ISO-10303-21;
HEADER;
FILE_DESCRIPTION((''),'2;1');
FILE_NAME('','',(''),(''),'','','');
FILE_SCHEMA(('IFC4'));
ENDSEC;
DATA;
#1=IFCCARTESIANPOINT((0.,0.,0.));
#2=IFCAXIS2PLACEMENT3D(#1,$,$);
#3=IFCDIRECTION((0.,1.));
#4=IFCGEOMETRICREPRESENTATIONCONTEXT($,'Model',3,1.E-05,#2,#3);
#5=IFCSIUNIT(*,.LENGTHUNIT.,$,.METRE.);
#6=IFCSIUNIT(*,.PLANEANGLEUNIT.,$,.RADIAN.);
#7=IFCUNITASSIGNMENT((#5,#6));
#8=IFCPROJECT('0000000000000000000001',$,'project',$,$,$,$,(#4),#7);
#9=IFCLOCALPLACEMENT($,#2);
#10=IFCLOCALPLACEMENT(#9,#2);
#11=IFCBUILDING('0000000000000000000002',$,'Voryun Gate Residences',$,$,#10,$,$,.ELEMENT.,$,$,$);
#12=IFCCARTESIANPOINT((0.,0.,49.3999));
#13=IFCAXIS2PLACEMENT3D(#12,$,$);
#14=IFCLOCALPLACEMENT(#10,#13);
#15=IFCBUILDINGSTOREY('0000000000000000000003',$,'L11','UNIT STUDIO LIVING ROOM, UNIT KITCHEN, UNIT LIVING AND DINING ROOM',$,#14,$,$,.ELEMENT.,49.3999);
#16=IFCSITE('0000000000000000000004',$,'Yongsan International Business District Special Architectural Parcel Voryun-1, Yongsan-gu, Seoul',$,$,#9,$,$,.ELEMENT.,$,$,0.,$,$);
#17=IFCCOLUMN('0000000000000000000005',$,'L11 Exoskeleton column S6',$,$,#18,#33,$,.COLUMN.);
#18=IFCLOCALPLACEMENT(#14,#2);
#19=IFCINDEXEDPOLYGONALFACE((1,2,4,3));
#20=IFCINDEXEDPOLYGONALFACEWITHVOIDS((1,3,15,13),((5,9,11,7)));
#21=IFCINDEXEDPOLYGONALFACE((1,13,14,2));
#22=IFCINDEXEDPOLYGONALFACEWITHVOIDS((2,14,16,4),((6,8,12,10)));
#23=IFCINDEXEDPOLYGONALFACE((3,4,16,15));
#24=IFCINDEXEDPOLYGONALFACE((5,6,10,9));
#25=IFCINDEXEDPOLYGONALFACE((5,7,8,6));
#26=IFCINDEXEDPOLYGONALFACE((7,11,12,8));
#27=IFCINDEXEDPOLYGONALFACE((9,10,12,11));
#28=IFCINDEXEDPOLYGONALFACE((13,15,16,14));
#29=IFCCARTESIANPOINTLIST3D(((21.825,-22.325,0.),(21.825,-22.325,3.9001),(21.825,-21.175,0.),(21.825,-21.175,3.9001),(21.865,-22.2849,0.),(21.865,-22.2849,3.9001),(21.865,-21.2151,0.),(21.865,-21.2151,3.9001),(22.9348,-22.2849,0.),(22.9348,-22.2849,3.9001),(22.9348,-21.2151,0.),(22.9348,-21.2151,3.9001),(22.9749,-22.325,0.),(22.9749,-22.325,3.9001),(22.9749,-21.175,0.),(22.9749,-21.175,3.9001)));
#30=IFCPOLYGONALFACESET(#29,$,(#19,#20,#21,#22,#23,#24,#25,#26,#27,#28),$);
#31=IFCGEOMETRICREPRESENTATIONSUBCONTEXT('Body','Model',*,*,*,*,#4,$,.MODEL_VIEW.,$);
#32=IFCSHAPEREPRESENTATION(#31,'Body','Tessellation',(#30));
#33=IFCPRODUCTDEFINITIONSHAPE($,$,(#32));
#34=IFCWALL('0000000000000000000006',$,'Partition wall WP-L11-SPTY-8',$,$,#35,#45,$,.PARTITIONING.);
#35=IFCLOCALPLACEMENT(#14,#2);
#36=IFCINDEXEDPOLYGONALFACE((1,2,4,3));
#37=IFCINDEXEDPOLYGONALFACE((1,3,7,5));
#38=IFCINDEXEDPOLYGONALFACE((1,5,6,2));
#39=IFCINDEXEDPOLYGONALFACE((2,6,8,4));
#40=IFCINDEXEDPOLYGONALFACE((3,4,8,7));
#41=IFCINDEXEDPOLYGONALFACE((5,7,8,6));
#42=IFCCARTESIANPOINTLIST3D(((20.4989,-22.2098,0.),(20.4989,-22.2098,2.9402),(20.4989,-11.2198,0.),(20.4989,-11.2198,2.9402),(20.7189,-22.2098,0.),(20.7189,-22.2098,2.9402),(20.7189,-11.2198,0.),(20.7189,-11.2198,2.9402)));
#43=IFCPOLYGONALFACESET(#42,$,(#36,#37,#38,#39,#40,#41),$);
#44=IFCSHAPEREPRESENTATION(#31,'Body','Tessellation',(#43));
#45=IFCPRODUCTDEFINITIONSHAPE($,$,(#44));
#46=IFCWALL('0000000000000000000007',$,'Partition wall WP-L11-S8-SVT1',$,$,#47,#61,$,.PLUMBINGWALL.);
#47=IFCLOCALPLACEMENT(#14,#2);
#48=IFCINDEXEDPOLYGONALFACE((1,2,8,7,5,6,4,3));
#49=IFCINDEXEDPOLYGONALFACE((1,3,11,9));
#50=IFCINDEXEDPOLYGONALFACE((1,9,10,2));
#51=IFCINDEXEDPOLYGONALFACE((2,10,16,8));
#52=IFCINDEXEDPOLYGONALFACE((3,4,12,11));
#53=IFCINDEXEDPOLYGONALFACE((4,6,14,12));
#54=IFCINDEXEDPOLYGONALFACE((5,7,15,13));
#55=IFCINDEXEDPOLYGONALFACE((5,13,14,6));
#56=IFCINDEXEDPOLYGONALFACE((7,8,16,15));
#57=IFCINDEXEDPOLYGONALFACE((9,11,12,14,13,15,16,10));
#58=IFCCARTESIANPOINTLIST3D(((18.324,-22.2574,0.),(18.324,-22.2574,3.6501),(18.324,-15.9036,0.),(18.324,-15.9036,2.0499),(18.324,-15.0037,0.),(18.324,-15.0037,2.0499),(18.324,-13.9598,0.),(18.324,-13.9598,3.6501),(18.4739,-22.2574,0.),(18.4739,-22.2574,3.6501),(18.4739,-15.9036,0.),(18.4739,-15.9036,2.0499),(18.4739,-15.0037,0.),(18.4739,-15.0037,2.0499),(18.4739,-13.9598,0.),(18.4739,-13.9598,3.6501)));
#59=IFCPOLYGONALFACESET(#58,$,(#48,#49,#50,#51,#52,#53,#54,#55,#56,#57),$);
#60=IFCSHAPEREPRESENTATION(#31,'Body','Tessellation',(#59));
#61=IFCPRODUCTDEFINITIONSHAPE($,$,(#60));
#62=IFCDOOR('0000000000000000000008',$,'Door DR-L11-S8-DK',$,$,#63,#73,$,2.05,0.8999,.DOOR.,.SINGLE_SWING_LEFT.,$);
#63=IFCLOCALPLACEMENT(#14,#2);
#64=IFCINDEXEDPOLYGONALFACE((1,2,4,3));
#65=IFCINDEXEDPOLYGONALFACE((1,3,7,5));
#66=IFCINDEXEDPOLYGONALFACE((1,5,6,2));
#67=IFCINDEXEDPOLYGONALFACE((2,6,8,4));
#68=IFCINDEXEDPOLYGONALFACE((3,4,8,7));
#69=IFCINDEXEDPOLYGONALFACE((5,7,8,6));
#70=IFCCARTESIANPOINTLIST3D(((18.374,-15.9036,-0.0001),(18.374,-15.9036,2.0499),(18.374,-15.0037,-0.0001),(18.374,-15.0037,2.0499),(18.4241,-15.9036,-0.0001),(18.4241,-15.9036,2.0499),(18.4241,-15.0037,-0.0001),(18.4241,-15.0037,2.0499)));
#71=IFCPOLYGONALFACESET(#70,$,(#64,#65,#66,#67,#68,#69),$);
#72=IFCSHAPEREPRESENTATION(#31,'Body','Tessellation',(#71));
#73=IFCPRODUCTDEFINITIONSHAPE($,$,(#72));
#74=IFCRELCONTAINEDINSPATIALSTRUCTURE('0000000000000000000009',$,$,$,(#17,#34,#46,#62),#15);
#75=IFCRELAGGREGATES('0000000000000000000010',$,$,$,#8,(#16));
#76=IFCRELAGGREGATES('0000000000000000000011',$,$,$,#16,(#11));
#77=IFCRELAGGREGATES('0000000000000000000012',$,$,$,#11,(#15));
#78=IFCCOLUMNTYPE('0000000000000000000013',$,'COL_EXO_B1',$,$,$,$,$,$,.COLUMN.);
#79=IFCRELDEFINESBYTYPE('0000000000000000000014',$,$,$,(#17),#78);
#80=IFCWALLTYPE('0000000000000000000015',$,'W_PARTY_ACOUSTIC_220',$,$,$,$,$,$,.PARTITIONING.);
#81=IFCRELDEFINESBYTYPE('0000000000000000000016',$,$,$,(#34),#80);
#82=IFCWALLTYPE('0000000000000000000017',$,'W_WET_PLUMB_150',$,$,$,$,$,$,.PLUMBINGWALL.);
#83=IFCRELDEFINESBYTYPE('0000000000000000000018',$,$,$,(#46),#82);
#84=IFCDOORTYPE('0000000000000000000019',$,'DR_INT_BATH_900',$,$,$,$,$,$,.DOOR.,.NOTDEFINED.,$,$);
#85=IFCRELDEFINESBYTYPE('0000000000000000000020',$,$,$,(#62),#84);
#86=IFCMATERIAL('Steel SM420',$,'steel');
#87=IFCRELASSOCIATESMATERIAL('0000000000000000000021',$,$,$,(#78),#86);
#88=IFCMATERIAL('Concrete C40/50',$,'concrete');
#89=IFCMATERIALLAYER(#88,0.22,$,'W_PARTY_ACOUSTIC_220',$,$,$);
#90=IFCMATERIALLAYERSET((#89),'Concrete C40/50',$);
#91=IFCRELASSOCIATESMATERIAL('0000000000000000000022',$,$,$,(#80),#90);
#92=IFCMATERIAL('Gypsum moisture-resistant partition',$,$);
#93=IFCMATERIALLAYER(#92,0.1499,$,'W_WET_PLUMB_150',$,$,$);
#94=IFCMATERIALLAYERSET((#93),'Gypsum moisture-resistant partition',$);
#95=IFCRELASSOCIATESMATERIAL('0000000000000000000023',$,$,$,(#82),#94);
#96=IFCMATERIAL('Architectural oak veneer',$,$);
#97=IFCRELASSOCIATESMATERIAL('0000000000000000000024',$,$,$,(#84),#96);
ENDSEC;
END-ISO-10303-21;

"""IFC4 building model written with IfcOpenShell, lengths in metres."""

from ifc_helpers import new_model, si_unit, direction, frame, frame_2d, origin, origin_2d, place, context, subcontext, project, spatial, rectangle, hollow_rectangle, extrude, material, layer, layer_set, material_profile, profile_set, type_object, element, fill, save


model = new_model("IFC4")

# Units and contexts
model_context = context("Model", 3, precision=1e-05, world=origin(), true_north=direction((0.0, 1.0)))
body_context = subcontext(model_context, "Body", "Model", "MODEL_VIEW")
ifc_project = project(units=[si_unit("LENGTHUNIT", "METRE"), si_unit("PLANEANGLEUNIT", "RADIAN")], contexts=[model_context])

# Site, building, storey
site_placement = place(None, origin())
site = spatial("IfcSite", under=ifc_project, at=site_placement, Name="Yongsan International Business District Special Architectural Parcel Voryun-1, Yongsan-gu, Seoul", CompositionType="ELEMENT", RefElevation=0.0)
building_placement = place(site_placement, origin())
building = spatial("IfcBuilding", under=site, at=building_placement, Name="Voryun Gate Residences", CompositionType="ELEMENT")
storey_placement = place(building_placement, frame((0.0, 0.0, 49.3999)))
storey = spatial("IfcBuildingStorey", under=building, at=storey_placement, Name="L11", Description="UNIT STUDIO LIVING ROOM, UNIT KITCHEN, UNIT LIVING AND DINING ROOM", CompositionType="ELEMENT", Elevation=49.3999)

# Column
ifc_material_1 = material(Name="Steel SM420", Category="steel")
ifc_material_profile = material_profile(ifc_material_1, hollow_rectangle(XDim=1.1499, YDim=1.1499, WallThickness=0.04, at=origin_2d()), Name="BOX-1150x1150x40")
ifc_profile_set = profile_set([ifc_material_profile], Name="Steel SM420")
column_type = type_object("IfcColumnType", Name="COL_EXO_B1", PredefinedType="COLUMN", material=ifc_profile_set)
column_placement = place(storey_placement, frame((22.3999, -21.75, 0.0), z_axis=(0.0, 0.0, 1.0), x_axis=(1.0, 0.0, 0.0)))
element("IfcColumn", 1, at=column_placement, inside=storey, type_object=column_type, Name="L11 Exoskeleton column S6", PredefinedType="COLUMN", context=body_context, shape_type="SweptSolid", body=[
    extrude(hollow_rectangle(XDim=1.1499, YDim=1.1499, WallThickness=0.04, at=origin_2d()), origin(), (0.0, 0.0, 1.0), 3.9001),
])

# Wall
ifc_material_2 = material(Name="Concrete C40/50", Category="concrete")
ifc_layer_1 = layer(ifc_material_2, 0.22, Name="W_PARTY_ACOUSTIC_220")
ifc_layer_set_1 = layer_set([ifc_layer_1], Name="Concrete C40/50")
wall_type_1 = type_object("IfcWallType", Name="W_PARTY_ACOUSTIC_220", PredefinedType="PARTITIONING", material=ifc_layer_set_1)
wall_1_placement = place(storey_placement, frame((20.6089, -22.21, 0.0), z_axis=(0.0, 0.0, 1.0), x_axis=(0.0, 1.0, 0.0)))
element("IfcWall", 2, at=wall_1_placement, inside=storey, type_object=wall_type_1, Name="Partition wall WP-L11-SPTY-8", PredefinedType="PARTITIONING", context=body_context, shape_type="SweptSolid", body=[
    extrude(rectangle(XDim=10.99, YDim=0.22, at=frame_2d((5.4951, 0.0))), origin(), (0.0, 0.0, 1.0), 2.9402),
])

# Wall, opening, door
ifc_material_3 = material(Name="Gypsum moisture-resistant partition")
ifc_layer_2 = layer(ifc_material_3, 0.1499, Name="W_WET_PLUMB_150")
ifc_layer_set_2 = layer_set([ifc_layer_2], Name="Gypsum moisture-resistant partition")
wall_type_2 = type_object("IfcWallType", Name="W_WET_PLUMB_150", PredefinedType="PLUMBINGWALL", material=ifc_layer_set_2)
wall_2_placement = place(storey_placement, frame((18.3989, -22.2576, 0.0), z_axis=(0.0, 0.0, 1.0), x_axis=(0.0, 1.0, 0.0)))
wall_2 = element("IfcWall", 3, at=wall_2_placement, inside=storey, type_object=wall_type_2, Name="Partition wall WP-L11-S8-SVT1", PredefinedType="PLUMBINGWALL", context=body_context, shape_type="SweptSolid", body=[
    extrude(rectangle(XDim=8.2976, YDim=0.1499, at=frame_2d((4.1489, 0.0))), origin(), (0.0, 0.0, 1.0), 3.6501),
])
opening_1_placement = place(wall_2_placement, frame((6.354, 0.0, 0.0)))
opening_1 = element("IfcOpeningElement", 4, at=opening_1_placement, cuts=wall_2, PredefinedType="OPENING", context=body_context, shape_type="SweptSolid", body=[
    extrude(rectangle(XDim=0.8999, YDim=2.05, at=frame_2d((0.45, 1.0249))), frame((0.0, 0.085, 0.0), z_axis=(0.0, -1.0, 0.0), x_axis=(1.0, 0.0, 0.0)), (0.0, 0.0, 1.0), 0.1699),
])
ifc_material_4 = material(Name="Architectural oak veneer")
door_type = type_object("IfcDoorType", Name="DR_INT_BATH_900", OperationType="NOTDEFINED", PredefinedType="DOOR", material=ifc_material_4)
door_placement = place(opening_1_placement, origin())
door = element("IfcDoor", 5, at=door_placement, inside=storey, type_object=door_type, Name="Door DR-L11-S8-DK", OperationType="SINGLE_SWING_LEFT", OverallHeight=2.05, OverallWidth=0.8999, PredefinedType="DOOR", context=body_context, shape_type="SweptSolid", body=[
    extrude(rectangle(XDim=0.8999, YDim=2.05, at=frame_2d((0.45, 1.0249))), frame((0.0, 0.0249, 0.0), z_axis=(0.0, -1.0, 0.0), x_axis=(1.0, 0.0, 0.0)), (0.0, 0.0, 1.0), 0.05),
])
fill(opening_1, door)

save(model, "model.ifc")
